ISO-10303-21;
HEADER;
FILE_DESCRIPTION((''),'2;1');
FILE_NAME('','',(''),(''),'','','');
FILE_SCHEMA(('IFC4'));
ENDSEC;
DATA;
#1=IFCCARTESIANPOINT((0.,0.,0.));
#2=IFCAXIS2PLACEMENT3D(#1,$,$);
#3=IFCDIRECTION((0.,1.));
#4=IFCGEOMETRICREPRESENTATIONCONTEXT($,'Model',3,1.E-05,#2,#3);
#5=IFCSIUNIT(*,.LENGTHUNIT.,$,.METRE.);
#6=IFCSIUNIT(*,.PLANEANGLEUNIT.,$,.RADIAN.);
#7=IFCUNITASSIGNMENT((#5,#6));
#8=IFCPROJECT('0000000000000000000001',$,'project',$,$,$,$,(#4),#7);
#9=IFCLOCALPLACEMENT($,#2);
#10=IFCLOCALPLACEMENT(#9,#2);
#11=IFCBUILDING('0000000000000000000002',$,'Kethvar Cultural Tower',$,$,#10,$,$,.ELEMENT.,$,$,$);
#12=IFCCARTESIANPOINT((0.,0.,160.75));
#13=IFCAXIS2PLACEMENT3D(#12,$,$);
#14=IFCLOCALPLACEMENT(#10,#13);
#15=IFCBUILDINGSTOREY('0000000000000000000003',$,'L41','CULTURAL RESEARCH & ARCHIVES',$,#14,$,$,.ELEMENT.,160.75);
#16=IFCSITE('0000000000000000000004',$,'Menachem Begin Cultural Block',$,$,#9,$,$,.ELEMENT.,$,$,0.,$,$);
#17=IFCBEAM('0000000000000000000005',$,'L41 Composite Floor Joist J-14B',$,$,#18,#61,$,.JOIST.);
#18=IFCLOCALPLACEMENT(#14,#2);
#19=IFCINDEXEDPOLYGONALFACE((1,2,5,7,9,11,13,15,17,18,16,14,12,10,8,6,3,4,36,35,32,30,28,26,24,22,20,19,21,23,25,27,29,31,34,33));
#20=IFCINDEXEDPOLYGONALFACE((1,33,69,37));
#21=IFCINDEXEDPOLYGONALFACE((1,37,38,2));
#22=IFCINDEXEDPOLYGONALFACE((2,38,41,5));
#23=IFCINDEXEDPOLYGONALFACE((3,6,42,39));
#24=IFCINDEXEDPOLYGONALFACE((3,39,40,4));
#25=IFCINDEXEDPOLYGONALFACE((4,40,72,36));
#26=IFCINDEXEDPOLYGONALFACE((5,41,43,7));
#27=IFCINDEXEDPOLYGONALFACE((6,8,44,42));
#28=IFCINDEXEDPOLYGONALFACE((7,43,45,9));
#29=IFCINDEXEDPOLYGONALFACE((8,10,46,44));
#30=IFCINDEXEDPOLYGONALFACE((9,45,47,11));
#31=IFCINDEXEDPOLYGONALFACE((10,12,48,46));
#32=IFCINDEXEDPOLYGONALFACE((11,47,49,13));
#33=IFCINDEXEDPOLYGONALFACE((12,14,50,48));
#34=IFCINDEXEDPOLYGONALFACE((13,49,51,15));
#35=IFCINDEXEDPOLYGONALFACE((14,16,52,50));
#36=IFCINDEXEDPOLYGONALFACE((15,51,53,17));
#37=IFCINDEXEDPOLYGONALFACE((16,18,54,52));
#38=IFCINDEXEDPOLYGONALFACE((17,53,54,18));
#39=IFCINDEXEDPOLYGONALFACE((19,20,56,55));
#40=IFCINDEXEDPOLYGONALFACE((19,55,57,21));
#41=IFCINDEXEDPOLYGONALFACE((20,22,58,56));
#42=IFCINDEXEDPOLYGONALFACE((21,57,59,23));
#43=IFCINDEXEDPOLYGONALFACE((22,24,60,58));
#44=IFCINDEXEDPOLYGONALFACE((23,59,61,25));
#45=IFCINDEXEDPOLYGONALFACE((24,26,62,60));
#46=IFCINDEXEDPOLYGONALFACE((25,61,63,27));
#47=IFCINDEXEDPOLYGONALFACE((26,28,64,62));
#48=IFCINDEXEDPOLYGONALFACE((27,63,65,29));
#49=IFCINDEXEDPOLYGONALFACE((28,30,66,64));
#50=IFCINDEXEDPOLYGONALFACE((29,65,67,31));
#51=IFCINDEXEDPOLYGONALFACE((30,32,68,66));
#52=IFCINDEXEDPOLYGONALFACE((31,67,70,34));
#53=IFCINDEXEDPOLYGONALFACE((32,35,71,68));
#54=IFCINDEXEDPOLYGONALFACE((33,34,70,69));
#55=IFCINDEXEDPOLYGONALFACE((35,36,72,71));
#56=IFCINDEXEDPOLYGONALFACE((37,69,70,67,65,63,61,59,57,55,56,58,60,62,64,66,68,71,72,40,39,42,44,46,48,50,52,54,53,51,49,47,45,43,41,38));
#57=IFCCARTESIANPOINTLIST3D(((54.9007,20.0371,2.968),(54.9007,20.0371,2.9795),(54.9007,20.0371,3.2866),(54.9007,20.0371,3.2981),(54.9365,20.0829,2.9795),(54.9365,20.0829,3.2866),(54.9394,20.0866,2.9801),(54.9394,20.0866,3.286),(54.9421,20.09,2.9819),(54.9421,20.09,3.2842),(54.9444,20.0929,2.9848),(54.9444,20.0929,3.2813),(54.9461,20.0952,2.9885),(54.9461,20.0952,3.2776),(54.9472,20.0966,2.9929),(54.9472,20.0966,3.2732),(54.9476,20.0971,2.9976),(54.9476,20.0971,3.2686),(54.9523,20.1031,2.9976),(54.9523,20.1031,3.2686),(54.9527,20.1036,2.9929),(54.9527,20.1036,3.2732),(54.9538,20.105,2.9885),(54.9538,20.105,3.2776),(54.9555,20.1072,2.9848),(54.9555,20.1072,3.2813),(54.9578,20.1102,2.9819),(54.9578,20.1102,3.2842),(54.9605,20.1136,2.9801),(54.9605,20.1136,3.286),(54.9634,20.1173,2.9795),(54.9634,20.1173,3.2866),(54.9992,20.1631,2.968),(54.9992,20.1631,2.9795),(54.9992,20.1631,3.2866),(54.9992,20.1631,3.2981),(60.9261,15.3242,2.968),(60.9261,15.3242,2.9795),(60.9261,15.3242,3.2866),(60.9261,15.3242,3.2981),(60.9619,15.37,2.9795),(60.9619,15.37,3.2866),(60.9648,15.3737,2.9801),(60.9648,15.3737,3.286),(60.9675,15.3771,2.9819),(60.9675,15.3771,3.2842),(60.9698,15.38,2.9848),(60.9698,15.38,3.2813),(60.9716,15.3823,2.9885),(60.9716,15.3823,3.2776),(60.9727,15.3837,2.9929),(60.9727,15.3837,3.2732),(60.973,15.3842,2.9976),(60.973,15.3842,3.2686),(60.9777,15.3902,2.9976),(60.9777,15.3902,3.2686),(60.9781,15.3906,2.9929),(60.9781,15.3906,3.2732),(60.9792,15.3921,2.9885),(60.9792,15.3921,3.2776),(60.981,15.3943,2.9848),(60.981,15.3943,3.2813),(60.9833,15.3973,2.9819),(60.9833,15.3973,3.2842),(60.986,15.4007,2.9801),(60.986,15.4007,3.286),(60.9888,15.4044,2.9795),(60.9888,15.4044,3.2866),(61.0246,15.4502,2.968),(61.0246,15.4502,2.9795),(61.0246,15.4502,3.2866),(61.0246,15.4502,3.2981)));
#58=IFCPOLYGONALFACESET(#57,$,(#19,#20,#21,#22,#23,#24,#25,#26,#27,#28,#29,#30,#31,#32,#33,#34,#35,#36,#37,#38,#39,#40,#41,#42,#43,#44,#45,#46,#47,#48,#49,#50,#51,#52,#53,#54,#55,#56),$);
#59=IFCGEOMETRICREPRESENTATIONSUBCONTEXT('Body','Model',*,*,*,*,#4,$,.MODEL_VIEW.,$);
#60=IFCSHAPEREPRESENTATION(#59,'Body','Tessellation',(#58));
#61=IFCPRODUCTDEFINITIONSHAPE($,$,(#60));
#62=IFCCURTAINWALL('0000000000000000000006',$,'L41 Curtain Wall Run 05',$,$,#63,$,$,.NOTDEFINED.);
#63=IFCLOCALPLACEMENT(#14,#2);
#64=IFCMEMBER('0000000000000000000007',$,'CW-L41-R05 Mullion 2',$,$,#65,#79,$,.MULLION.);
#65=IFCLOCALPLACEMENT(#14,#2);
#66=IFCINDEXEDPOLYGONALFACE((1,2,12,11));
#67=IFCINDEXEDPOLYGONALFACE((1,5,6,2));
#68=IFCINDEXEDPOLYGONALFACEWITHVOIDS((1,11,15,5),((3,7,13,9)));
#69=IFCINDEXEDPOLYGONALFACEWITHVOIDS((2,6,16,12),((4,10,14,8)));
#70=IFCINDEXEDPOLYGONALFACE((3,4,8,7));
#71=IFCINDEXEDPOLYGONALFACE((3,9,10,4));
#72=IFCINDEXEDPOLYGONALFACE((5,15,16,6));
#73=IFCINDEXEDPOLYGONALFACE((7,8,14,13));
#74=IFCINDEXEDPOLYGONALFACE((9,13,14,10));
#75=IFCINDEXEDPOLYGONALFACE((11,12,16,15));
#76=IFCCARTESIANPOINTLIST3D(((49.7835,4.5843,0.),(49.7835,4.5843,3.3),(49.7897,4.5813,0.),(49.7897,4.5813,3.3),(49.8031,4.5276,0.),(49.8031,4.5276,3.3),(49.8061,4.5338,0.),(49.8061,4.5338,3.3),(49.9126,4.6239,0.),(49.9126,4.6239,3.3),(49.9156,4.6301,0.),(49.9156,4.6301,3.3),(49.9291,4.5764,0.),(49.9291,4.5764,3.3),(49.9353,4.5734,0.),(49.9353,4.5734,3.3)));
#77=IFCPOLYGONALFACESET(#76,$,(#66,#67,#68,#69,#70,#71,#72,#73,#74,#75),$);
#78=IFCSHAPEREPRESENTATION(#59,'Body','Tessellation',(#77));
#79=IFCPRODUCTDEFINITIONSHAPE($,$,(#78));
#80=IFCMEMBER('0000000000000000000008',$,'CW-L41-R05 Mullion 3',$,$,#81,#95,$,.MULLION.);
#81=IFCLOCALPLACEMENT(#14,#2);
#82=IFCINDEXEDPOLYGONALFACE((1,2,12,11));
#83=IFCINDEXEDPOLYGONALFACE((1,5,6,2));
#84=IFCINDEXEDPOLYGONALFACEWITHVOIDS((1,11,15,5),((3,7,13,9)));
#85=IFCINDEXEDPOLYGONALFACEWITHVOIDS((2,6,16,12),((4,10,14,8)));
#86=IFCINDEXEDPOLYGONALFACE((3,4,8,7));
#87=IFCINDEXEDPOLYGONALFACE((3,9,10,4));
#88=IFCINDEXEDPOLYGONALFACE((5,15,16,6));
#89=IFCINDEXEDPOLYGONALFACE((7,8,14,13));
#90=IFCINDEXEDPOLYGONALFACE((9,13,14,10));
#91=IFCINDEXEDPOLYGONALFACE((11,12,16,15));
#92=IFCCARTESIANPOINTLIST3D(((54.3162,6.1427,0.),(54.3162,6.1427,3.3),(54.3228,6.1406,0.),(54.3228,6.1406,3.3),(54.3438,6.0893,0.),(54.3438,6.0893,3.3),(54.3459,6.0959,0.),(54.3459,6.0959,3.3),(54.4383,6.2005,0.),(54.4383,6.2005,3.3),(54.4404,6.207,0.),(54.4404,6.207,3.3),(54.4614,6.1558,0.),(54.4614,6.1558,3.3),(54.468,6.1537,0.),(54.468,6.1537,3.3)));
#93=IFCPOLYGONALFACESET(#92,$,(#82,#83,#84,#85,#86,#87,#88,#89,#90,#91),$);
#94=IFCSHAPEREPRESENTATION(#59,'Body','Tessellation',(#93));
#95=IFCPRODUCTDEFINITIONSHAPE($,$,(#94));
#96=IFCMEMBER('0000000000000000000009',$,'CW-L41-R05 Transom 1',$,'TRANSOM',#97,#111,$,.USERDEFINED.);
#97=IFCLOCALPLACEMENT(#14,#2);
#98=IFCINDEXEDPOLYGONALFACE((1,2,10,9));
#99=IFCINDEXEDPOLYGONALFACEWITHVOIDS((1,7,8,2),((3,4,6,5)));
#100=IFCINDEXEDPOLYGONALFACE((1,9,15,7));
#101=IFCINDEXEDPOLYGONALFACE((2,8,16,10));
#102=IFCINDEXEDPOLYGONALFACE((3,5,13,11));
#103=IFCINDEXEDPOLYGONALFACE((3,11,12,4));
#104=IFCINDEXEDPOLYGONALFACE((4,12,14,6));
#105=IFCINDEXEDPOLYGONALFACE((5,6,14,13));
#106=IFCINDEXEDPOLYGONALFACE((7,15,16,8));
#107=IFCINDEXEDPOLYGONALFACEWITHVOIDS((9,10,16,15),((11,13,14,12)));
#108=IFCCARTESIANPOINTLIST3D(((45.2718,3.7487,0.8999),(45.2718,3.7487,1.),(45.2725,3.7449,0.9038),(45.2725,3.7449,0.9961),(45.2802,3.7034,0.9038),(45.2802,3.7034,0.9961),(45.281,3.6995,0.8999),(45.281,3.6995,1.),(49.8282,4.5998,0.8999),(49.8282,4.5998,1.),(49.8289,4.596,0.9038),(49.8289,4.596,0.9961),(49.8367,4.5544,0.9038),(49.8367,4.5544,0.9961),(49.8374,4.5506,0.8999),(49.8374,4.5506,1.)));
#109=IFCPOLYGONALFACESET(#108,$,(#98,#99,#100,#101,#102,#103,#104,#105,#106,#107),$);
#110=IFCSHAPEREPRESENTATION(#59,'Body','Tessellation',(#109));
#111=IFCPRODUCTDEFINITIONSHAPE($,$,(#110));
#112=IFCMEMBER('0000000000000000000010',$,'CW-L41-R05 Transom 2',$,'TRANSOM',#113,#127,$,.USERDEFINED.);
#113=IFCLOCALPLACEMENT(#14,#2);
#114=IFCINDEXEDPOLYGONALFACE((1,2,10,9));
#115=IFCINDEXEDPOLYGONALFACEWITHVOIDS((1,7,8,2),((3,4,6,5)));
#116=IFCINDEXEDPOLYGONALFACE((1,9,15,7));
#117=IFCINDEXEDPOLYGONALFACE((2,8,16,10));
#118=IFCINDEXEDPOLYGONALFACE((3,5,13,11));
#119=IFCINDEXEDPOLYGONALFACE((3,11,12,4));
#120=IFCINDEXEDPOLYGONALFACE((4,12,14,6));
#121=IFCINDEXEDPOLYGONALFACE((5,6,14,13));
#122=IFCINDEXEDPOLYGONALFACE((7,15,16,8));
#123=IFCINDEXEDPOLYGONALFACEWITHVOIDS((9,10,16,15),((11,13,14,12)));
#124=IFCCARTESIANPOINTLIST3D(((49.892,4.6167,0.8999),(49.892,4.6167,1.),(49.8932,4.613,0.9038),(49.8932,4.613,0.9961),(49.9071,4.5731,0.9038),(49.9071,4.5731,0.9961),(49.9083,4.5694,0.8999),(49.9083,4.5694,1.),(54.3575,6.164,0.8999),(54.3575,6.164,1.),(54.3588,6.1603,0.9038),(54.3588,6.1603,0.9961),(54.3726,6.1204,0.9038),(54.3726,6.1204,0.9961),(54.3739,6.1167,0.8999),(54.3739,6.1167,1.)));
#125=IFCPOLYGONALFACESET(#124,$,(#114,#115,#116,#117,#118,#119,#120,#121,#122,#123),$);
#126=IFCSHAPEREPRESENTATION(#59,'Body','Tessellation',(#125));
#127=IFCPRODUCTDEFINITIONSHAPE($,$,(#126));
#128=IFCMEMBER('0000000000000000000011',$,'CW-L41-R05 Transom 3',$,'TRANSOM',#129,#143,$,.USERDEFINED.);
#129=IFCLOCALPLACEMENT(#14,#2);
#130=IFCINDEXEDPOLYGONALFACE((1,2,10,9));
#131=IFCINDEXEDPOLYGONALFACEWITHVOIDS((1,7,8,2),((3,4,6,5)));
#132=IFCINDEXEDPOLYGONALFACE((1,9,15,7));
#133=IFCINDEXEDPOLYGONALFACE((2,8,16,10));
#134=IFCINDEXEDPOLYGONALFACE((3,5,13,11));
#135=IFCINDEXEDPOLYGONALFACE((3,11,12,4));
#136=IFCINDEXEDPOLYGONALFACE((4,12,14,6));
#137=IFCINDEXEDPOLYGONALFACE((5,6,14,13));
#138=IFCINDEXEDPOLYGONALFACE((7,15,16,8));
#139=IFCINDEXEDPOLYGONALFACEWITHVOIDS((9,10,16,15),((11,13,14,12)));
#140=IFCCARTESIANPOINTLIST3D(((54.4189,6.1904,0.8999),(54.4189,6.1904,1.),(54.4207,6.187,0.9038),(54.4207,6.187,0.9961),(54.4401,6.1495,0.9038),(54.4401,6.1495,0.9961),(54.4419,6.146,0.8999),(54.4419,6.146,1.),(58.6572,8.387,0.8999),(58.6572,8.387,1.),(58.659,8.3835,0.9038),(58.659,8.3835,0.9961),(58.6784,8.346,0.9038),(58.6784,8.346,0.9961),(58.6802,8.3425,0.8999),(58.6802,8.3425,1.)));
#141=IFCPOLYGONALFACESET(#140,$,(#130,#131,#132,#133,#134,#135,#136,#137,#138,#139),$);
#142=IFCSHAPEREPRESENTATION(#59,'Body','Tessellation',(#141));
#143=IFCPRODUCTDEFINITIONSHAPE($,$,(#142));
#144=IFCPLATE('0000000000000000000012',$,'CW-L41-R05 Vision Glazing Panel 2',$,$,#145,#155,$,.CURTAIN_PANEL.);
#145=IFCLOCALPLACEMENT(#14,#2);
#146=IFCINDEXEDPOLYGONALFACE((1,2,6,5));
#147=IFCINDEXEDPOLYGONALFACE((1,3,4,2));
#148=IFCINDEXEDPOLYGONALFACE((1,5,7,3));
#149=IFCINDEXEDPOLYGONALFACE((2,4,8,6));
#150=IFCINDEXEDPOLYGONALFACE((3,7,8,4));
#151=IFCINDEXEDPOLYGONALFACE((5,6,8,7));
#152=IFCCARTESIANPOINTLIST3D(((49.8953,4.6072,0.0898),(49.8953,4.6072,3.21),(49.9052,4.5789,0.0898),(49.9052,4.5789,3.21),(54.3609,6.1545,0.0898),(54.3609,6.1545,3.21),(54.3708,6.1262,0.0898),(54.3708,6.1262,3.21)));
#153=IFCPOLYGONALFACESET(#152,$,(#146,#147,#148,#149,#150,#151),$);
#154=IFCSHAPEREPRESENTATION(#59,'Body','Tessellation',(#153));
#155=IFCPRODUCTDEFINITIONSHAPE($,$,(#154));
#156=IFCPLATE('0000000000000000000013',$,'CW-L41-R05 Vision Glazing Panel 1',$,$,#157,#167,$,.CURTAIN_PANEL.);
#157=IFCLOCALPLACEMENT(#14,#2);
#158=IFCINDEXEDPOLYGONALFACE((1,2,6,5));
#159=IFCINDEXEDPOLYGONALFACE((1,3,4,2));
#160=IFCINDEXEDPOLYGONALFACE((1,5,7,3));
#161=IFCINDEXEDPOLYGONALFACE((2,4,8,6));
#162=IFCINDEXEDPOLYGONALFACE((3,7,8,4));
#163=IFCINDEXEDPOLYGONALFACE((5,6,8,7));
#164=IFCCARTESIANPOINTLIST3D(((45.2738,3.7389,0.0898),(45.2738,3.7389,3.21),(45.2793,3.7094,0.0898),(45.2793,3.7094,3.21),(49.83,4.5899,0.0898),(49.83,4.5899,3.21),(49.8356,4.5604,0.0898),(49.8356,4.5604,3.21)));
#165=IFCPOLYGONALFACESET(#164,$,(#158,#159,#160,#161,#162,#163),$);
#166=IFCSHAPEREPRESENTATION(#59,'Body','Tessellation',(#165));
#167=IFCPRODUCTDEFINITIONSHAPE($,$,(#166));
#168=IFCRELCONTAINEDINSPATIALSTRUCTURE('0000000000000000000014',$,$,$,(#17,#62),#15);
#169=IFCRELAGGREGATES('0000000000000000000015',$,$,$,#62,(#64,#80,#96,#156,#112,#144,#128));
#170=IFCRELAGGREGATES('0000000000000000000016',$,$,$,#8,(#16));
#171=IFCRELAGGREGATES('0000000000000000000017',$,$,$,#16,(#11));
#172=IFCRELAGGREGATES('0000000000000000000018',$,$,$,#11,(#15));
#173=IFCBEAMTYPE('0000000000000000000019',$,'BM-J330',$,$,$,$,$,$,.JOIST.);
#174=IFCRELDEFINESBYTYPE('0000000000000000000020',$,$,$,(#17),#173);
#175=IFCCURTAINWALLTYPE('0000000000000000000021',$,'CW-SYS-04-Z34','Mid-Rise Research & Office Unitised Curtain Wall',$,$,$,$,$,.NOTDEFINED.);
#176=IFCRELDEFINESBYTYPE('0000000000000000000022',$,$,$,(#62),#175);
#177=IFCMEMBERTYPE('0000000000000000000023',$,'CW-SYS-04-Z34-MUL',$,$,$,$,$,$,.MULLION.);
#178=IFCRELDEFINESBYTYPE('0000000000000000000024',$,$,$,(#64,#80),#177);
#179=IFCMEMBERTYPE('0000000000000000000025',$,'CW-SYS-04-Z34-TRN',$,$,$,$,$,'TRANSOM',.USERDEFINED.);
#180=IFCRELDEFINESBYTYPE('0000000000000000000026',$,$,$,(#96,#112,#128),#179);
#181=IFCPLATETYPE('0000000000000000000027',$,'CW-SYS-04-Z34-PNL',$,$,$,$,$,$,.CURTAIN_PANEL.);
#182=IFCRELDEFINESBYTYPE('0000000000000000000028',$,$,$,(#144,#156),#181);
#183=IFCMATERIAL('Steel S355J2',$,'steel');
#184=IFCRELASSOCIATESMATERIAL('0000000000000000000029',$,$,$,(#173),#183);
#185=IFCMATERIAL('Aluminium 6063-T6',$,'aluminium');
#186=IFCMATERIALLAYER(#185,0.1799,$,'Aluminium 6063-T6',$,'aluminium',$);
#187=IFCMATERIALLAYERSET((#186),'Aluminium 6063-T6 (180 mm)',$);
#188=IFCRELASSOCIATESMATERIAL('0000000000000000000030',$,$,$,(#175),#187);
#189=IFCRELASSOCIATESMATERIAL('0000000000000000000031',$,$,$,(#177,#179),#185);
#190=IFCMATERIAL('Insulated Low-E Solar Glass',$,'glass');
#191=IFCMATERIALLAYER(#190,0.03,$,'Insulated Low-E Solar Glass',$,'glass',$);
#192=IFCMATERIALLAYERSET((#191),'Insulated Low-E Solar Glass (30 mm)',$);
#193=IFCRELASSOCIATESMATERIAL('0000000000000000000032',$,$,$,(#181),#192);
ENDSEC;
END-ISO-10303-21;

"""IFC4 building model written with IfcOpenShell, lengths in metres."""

from ifc_helpers import new_model, si_unit, direction, frame, origin, origin_2d, place, context, subcontext, project, spatial, rectangle, hollow_rectangle, i_section, extrude, source, transform, mapped, material, layer, layer_set, material_profile, profile_set, type_object, element, aggregate, save


model = new_model("IFC4")

# Units and contexts
model_context = context("Model", 3, precision=1e-05, world=origin(), true_north=direction((0.0, 1.0)))
body_context = subcontext(model_context, "Body", "Model", "MODEL_VIEW")
ifc_project = project(units=[si_unit("LENGTHUNIT", "METRE"), si_unit("PLANEANGLEUNIT", "RADIAN")], contexts=[model_context])

# Site, building, storey
site_placement = place(None, origin())
site = spatial("IfcSite", under=ifc_project, at=site_placement, Name="Menachem Begin Cultural Block", CompositionType="ELEMENT", RefElevation=0.0)
building_placement = place(site_placement, origin())
building = spatial("IfcBuilding", under=site, at=building_placement, Name="Kethvar Cultural Tower", CompositionType="ELEMENT")
storey_placement = place(building_placement, frame((0.0, 0.0, 160.75)))
storey = spatial("IfcBuildingStorey", under=building, at=storey_placement, Name="L41", Description="CULTURAL RESEARCH & ARCHIVES", CompositionType="ELEMENT", Elevation=160.75)

# Beam
ifc_material_1 = material(Name="Steel S355J2", Category="steel")
ifc_material_profile_1 = material_profile(ifc_material_1, i_section(OverallWidth=0.1599, OverallDepth=0.3301, WebThickness=0.0076, FlangeThickness=0.0115, FilletRadius=0.0181, at=origin_2d()), Name="Steel S355J2 — IPE330")
ifc_profile_set_1 = profile_set([ifc_material_profile_1], Name="Steel S355J2 — IPE330")
beam_type_1 = type_object("IfcBeamType", Name="BM-J330", PredefinedType="JOIST", material=ifc_profile_set_1)
shared_shape_1 = source(origin(), body_context, "Body", "SweptSolid", [
    extrude(i_section(OverallWidth=0.1599, OverallDepth=0.3301, WebThickness=0.0076, FlangeThickness=0.0115, FilletRadius=0.0181, at=origin_2d()), origin(), (0.0, 0.0, 1.0), 7.6497),
])
beam_1_placement = place(storey_placement, frame((54.95, 20.1001, 3.1331), z_axis=(0.787672, -0.616095, 0.0), x_axis=(0.616095, 0.787672, 0.0)))
element("IfcBeam", 1, at=beam_1_placement, inside=storey, type_object=beam_type_1, Name="L41 Composite Floor Joist J-14B", PredefinedType="JOIST", context=body_context, shape_type="MappedRepresentation", body=[
    mapped(shared_shape_1, transform((0.0, 0.0, 0.0), scale=1.0)),
])

# Curtain wall, members, plates
ifc_material_2 = material(Name="Aluminium 6063-T6", Category="aluminium")
ifc_layer_1 = layer(ifc_material_2, 0.1799, Name="Aluminium 6063-T6", Category="aluminium")
ifc_layer_set_1 = layer_set([ifc_layer_1], Name="Aluminium 6063-T6 (180 mm)")
curtain_wall_type = type_object("IfcCurtainWallType", Name="CW-SYS-04-Z34", Description="Mid-Rise Research & Office Unitised Curtain Wall", PredefinedType="NOTDEFINED", material=ifc_layer_set_1)
curtain_wall_placement = place(storey_placement, origin())
curtain_wall = element("IfcCurtainWall", 2, at=curtain_wall_placement, inside=storey, type_object=curtain_wall_type, Name="L41 Curtain Wall Run 05", PredefinedType="NOTDEFINED")
ifc_material_profile_2 = material_profile(ifc_material_2, hollow_rectangle(XDim=0.0601, YDim=0.1399, WallThickness=0.0049, at=origin_2d()), Name="Aluminium 6063-T6 — RHS140x60x5")
ifc_profile_set_2 = profile_set([ifc_material_profile_2], Name="Aluminium 6063-T6 — RHS140x60x5")
member_type_1 = type_object("IfcMemberType", Name="CW-SYS-04-Z34-MUL", PredefinedType="MULLION", material=ifc_profile_set_2)
shared_shape_2 = source(origin(), body_context, "Body", "SweptSolid", [
    extrude(hollow_rectangle(XDim=0.0601, YDim=0.1399, WallThickness=0.0049, at=origin_2d()), origin(), (0.0, 0.0, 1.0), 3.3),
])
member_1_placement = place(storey_placement, frame((49.8594, 4.5789, 0.0), z_axis=(0.0, 0.0, 1.0), x_axis=(-0.327399, 0.944886, 0.0)))
member_1 = element("IfcMember", 3, at=member_1_placement, type_object=member_type_1, Name="CW-L41-R05 Mullion 2", PredefinedType="MULLION", context=body_context, shape_type="MappedRepresentation", body=[
    mapped(shared_shape_2, transform((0.0, 0.0, 0.0), scale=1.0)),
])
member_2_placement = place(storey_placement, frame((54.3921, 6.1482, 0.0), z_axis=(0.0, 0.0, 1.0), x_axis=(-0.460153, 0.887839, 0.0)))
member_2 = element("IfcMember", 4, at=member_2_placement, type_object=member_type_1, Name="CW-L41-R05 Mullion 3", PredefinedType="MULLION", context=body_context, shape_type="MappedRepresentation", body=[
    mapped(shared_shape_2, transform((0.0, 0.0, 0.0), scale=1.0)),
])
ifc_material_profile_3 = material_profile(ifc_material_2, hollow_rectangle(XDim=0.05, YDim=0.1001, WallThickness=0.0039, at=origin_2d()), Name="Aluminium 6063-T6 — RHS100x50x4")
ifc_profile_set_3 = profile_set([ifc_material_profile_3], Name="Aluminium 6063-T6 — RHS100x50x4")
member_type_2 = type_object("IfcMemberType", Name="CW-SYS-04-Z34-TRN", ElementType="TRANSOM", PredefinedType="USERDEFINED", material=ifc_profile_set_3)
shared_shape_3 = source(origin(), body_context, "Body", "SweptSolid", [
    extrude(hollow_rectangle(XDim=0.05, YDim=0.1001, WallThickness=0.0039, at=origin_2d()), origin(), (0.0, 0.0, 1.0), 4.6353),
])
member_3_placement = place(storey_placement, frame((45.2764, 3.7241, 0.95), z_axis=(0.982999, 0.183611, 0.0), x_axis=(-0.183611, 0.982999, 0.0)))
member_3 = element("IfcMember", 5, at=member_3_placement, type_object=member_type_2, Name="CW-L41-R05 Transom 1", ObjectType="TRANSOM", PredefinedType="USERDEFINED", context=body_context, shape_type="MappedRepresentation", body=[
    mapped(shared_shape_3, transform((0.0, 0.0, 0.0), scale=1.0)),
])
shared_shape_4 = source(origin(), body_context, "Body", "SweptSolid", [
    extrude(hollow_rectangle(XDim=0.05, YDim=0.1001, WallThickness=0.0039, at=origin_2d()), origin(), (0.0, 0.0, 1.0), 4.7261),
])
member_4_placement = place(storey_placement, frame((49.9001, 4.593, 0.95), z_axis=(0.944882, 0.32741, 0.0), x_axis=(-0.32741, 0.944882, 0.0)))
member_4 = element("IfcMember", 6, at=member_4_placement, type_object=member_type_2, Name="CW-L41-R05 Transom 2", ObjectType="TRANSOM", PredefinedType="USERDEFINED", context=body_context, shape_type="MappedRepresentation", body=[
    mapped(shared_shape_4, transform((0.0, 0.0, 0.0), scale=1.0)),
])
shared_shape_5 = source(origin(), body_context, "Body", "SweptSolid", [
    extrude(hollow_rectangle(XDim=0.05, YDim=0.1001, WallThickness=0.0039, at=origin_2d()), origin(), (0.0, 0.0, 1.0), 4.7737),
])
member_5_placement = place(storey_placement, frame((54.4304, 6.1682, 0.95), z_axis=(0.887848, 0.460137, 0.0), x_axis=(-0.460137, 0.887848, 0.0)))
member_5 = element("IfcMember", 7, at=member_5_placement, type_object=member_type_2, Name="CW-L41-R05 Transom 3", ObjectType="TRANSOM", PredefinedType="USERDEFINED", context=body_context, shape_type="MappedRepresentation", body=[
    mapped(shared_shape_5, transform((0.0, 0.0, 0.0), scale=1.0)),
])
ifc_material_3 = material(Name="Insulated Low-E Solar Glass", Category="glass")
ifc_layer_2 = layer(ifc_material_3, 0.03, Name="Insulated Low-E Solar Glass", Category="glass")
ifc_layer_set_2 = layer_set([ifc_layer_2], Name="Insulated Low-E Solar Glass (30 mm)")
plate_type = type_object("IfcPlateType", Name="CW-SYS-04-Z34-PNL", PredefinedType="CURTAIN_PANEL", material=ifc_layer_set_2)
shared_shape_6 = source(origin(), body_context, "Body", "SweptSolid", [
    extrude(rectangle(XDim=4.7261, YDim=0.03, at=origin_2d()), origin(), (0.0, 0.0, 1.0), 3.1201),
])
plate_1_placement = place(storey_placement, frame((52.1331, 5.3667, 0.0898), z_axis=(0.0, 0.0, 1.0), x_axis=(0.944886, 0.327399, 0.0)))
plate_1 = element("IfcPlate", 8, at=plate_1_placement, type_object=plate_type, Name="CW-L41-R05 Vision Glazing Panel 2", PredefinedType="CURTAIN_PANEL", context=body_context, shape_type="MappedRepresentation", body=[
    mapped(shared_shape_6, transform((0.0, 0.0, 0.0), scale=1.0)),
])
shared_shape_7 = source(origin(), body_context, "Body", "SweptSolid", [
    extrude(rectangle(XDim=4.635, YDim=0.03, at=origin_2d()), origin(), (0.0, 0.0, 1.0), 3.1201),
])
plate_2_placement = place(storey_placement, frame((47.5547, 4.1497, 0.0898), z_axis=(0.0, 0.0, 1.0), x_axis=(0.983, 0.183608, 0.0)))
plate_2 = element("IfcPlate", 9, at=plate_2_placement, type_object=plate_type, Name="CW-L41-R05 Vision Glazing Panel 1", PredefinedType="CURTAIN_PANEL", context=body_context, shape_type="MappedRepresentation", body=[
    mapped(shared_shape_7, transform((0.0, 0.0, 0.0), scale=1.0)),
])
aggregate(curtain_wall, [member_1, member_2, member_3, plate_2, member_4, plate_1, member_5])

save(model, "model.ifc")
